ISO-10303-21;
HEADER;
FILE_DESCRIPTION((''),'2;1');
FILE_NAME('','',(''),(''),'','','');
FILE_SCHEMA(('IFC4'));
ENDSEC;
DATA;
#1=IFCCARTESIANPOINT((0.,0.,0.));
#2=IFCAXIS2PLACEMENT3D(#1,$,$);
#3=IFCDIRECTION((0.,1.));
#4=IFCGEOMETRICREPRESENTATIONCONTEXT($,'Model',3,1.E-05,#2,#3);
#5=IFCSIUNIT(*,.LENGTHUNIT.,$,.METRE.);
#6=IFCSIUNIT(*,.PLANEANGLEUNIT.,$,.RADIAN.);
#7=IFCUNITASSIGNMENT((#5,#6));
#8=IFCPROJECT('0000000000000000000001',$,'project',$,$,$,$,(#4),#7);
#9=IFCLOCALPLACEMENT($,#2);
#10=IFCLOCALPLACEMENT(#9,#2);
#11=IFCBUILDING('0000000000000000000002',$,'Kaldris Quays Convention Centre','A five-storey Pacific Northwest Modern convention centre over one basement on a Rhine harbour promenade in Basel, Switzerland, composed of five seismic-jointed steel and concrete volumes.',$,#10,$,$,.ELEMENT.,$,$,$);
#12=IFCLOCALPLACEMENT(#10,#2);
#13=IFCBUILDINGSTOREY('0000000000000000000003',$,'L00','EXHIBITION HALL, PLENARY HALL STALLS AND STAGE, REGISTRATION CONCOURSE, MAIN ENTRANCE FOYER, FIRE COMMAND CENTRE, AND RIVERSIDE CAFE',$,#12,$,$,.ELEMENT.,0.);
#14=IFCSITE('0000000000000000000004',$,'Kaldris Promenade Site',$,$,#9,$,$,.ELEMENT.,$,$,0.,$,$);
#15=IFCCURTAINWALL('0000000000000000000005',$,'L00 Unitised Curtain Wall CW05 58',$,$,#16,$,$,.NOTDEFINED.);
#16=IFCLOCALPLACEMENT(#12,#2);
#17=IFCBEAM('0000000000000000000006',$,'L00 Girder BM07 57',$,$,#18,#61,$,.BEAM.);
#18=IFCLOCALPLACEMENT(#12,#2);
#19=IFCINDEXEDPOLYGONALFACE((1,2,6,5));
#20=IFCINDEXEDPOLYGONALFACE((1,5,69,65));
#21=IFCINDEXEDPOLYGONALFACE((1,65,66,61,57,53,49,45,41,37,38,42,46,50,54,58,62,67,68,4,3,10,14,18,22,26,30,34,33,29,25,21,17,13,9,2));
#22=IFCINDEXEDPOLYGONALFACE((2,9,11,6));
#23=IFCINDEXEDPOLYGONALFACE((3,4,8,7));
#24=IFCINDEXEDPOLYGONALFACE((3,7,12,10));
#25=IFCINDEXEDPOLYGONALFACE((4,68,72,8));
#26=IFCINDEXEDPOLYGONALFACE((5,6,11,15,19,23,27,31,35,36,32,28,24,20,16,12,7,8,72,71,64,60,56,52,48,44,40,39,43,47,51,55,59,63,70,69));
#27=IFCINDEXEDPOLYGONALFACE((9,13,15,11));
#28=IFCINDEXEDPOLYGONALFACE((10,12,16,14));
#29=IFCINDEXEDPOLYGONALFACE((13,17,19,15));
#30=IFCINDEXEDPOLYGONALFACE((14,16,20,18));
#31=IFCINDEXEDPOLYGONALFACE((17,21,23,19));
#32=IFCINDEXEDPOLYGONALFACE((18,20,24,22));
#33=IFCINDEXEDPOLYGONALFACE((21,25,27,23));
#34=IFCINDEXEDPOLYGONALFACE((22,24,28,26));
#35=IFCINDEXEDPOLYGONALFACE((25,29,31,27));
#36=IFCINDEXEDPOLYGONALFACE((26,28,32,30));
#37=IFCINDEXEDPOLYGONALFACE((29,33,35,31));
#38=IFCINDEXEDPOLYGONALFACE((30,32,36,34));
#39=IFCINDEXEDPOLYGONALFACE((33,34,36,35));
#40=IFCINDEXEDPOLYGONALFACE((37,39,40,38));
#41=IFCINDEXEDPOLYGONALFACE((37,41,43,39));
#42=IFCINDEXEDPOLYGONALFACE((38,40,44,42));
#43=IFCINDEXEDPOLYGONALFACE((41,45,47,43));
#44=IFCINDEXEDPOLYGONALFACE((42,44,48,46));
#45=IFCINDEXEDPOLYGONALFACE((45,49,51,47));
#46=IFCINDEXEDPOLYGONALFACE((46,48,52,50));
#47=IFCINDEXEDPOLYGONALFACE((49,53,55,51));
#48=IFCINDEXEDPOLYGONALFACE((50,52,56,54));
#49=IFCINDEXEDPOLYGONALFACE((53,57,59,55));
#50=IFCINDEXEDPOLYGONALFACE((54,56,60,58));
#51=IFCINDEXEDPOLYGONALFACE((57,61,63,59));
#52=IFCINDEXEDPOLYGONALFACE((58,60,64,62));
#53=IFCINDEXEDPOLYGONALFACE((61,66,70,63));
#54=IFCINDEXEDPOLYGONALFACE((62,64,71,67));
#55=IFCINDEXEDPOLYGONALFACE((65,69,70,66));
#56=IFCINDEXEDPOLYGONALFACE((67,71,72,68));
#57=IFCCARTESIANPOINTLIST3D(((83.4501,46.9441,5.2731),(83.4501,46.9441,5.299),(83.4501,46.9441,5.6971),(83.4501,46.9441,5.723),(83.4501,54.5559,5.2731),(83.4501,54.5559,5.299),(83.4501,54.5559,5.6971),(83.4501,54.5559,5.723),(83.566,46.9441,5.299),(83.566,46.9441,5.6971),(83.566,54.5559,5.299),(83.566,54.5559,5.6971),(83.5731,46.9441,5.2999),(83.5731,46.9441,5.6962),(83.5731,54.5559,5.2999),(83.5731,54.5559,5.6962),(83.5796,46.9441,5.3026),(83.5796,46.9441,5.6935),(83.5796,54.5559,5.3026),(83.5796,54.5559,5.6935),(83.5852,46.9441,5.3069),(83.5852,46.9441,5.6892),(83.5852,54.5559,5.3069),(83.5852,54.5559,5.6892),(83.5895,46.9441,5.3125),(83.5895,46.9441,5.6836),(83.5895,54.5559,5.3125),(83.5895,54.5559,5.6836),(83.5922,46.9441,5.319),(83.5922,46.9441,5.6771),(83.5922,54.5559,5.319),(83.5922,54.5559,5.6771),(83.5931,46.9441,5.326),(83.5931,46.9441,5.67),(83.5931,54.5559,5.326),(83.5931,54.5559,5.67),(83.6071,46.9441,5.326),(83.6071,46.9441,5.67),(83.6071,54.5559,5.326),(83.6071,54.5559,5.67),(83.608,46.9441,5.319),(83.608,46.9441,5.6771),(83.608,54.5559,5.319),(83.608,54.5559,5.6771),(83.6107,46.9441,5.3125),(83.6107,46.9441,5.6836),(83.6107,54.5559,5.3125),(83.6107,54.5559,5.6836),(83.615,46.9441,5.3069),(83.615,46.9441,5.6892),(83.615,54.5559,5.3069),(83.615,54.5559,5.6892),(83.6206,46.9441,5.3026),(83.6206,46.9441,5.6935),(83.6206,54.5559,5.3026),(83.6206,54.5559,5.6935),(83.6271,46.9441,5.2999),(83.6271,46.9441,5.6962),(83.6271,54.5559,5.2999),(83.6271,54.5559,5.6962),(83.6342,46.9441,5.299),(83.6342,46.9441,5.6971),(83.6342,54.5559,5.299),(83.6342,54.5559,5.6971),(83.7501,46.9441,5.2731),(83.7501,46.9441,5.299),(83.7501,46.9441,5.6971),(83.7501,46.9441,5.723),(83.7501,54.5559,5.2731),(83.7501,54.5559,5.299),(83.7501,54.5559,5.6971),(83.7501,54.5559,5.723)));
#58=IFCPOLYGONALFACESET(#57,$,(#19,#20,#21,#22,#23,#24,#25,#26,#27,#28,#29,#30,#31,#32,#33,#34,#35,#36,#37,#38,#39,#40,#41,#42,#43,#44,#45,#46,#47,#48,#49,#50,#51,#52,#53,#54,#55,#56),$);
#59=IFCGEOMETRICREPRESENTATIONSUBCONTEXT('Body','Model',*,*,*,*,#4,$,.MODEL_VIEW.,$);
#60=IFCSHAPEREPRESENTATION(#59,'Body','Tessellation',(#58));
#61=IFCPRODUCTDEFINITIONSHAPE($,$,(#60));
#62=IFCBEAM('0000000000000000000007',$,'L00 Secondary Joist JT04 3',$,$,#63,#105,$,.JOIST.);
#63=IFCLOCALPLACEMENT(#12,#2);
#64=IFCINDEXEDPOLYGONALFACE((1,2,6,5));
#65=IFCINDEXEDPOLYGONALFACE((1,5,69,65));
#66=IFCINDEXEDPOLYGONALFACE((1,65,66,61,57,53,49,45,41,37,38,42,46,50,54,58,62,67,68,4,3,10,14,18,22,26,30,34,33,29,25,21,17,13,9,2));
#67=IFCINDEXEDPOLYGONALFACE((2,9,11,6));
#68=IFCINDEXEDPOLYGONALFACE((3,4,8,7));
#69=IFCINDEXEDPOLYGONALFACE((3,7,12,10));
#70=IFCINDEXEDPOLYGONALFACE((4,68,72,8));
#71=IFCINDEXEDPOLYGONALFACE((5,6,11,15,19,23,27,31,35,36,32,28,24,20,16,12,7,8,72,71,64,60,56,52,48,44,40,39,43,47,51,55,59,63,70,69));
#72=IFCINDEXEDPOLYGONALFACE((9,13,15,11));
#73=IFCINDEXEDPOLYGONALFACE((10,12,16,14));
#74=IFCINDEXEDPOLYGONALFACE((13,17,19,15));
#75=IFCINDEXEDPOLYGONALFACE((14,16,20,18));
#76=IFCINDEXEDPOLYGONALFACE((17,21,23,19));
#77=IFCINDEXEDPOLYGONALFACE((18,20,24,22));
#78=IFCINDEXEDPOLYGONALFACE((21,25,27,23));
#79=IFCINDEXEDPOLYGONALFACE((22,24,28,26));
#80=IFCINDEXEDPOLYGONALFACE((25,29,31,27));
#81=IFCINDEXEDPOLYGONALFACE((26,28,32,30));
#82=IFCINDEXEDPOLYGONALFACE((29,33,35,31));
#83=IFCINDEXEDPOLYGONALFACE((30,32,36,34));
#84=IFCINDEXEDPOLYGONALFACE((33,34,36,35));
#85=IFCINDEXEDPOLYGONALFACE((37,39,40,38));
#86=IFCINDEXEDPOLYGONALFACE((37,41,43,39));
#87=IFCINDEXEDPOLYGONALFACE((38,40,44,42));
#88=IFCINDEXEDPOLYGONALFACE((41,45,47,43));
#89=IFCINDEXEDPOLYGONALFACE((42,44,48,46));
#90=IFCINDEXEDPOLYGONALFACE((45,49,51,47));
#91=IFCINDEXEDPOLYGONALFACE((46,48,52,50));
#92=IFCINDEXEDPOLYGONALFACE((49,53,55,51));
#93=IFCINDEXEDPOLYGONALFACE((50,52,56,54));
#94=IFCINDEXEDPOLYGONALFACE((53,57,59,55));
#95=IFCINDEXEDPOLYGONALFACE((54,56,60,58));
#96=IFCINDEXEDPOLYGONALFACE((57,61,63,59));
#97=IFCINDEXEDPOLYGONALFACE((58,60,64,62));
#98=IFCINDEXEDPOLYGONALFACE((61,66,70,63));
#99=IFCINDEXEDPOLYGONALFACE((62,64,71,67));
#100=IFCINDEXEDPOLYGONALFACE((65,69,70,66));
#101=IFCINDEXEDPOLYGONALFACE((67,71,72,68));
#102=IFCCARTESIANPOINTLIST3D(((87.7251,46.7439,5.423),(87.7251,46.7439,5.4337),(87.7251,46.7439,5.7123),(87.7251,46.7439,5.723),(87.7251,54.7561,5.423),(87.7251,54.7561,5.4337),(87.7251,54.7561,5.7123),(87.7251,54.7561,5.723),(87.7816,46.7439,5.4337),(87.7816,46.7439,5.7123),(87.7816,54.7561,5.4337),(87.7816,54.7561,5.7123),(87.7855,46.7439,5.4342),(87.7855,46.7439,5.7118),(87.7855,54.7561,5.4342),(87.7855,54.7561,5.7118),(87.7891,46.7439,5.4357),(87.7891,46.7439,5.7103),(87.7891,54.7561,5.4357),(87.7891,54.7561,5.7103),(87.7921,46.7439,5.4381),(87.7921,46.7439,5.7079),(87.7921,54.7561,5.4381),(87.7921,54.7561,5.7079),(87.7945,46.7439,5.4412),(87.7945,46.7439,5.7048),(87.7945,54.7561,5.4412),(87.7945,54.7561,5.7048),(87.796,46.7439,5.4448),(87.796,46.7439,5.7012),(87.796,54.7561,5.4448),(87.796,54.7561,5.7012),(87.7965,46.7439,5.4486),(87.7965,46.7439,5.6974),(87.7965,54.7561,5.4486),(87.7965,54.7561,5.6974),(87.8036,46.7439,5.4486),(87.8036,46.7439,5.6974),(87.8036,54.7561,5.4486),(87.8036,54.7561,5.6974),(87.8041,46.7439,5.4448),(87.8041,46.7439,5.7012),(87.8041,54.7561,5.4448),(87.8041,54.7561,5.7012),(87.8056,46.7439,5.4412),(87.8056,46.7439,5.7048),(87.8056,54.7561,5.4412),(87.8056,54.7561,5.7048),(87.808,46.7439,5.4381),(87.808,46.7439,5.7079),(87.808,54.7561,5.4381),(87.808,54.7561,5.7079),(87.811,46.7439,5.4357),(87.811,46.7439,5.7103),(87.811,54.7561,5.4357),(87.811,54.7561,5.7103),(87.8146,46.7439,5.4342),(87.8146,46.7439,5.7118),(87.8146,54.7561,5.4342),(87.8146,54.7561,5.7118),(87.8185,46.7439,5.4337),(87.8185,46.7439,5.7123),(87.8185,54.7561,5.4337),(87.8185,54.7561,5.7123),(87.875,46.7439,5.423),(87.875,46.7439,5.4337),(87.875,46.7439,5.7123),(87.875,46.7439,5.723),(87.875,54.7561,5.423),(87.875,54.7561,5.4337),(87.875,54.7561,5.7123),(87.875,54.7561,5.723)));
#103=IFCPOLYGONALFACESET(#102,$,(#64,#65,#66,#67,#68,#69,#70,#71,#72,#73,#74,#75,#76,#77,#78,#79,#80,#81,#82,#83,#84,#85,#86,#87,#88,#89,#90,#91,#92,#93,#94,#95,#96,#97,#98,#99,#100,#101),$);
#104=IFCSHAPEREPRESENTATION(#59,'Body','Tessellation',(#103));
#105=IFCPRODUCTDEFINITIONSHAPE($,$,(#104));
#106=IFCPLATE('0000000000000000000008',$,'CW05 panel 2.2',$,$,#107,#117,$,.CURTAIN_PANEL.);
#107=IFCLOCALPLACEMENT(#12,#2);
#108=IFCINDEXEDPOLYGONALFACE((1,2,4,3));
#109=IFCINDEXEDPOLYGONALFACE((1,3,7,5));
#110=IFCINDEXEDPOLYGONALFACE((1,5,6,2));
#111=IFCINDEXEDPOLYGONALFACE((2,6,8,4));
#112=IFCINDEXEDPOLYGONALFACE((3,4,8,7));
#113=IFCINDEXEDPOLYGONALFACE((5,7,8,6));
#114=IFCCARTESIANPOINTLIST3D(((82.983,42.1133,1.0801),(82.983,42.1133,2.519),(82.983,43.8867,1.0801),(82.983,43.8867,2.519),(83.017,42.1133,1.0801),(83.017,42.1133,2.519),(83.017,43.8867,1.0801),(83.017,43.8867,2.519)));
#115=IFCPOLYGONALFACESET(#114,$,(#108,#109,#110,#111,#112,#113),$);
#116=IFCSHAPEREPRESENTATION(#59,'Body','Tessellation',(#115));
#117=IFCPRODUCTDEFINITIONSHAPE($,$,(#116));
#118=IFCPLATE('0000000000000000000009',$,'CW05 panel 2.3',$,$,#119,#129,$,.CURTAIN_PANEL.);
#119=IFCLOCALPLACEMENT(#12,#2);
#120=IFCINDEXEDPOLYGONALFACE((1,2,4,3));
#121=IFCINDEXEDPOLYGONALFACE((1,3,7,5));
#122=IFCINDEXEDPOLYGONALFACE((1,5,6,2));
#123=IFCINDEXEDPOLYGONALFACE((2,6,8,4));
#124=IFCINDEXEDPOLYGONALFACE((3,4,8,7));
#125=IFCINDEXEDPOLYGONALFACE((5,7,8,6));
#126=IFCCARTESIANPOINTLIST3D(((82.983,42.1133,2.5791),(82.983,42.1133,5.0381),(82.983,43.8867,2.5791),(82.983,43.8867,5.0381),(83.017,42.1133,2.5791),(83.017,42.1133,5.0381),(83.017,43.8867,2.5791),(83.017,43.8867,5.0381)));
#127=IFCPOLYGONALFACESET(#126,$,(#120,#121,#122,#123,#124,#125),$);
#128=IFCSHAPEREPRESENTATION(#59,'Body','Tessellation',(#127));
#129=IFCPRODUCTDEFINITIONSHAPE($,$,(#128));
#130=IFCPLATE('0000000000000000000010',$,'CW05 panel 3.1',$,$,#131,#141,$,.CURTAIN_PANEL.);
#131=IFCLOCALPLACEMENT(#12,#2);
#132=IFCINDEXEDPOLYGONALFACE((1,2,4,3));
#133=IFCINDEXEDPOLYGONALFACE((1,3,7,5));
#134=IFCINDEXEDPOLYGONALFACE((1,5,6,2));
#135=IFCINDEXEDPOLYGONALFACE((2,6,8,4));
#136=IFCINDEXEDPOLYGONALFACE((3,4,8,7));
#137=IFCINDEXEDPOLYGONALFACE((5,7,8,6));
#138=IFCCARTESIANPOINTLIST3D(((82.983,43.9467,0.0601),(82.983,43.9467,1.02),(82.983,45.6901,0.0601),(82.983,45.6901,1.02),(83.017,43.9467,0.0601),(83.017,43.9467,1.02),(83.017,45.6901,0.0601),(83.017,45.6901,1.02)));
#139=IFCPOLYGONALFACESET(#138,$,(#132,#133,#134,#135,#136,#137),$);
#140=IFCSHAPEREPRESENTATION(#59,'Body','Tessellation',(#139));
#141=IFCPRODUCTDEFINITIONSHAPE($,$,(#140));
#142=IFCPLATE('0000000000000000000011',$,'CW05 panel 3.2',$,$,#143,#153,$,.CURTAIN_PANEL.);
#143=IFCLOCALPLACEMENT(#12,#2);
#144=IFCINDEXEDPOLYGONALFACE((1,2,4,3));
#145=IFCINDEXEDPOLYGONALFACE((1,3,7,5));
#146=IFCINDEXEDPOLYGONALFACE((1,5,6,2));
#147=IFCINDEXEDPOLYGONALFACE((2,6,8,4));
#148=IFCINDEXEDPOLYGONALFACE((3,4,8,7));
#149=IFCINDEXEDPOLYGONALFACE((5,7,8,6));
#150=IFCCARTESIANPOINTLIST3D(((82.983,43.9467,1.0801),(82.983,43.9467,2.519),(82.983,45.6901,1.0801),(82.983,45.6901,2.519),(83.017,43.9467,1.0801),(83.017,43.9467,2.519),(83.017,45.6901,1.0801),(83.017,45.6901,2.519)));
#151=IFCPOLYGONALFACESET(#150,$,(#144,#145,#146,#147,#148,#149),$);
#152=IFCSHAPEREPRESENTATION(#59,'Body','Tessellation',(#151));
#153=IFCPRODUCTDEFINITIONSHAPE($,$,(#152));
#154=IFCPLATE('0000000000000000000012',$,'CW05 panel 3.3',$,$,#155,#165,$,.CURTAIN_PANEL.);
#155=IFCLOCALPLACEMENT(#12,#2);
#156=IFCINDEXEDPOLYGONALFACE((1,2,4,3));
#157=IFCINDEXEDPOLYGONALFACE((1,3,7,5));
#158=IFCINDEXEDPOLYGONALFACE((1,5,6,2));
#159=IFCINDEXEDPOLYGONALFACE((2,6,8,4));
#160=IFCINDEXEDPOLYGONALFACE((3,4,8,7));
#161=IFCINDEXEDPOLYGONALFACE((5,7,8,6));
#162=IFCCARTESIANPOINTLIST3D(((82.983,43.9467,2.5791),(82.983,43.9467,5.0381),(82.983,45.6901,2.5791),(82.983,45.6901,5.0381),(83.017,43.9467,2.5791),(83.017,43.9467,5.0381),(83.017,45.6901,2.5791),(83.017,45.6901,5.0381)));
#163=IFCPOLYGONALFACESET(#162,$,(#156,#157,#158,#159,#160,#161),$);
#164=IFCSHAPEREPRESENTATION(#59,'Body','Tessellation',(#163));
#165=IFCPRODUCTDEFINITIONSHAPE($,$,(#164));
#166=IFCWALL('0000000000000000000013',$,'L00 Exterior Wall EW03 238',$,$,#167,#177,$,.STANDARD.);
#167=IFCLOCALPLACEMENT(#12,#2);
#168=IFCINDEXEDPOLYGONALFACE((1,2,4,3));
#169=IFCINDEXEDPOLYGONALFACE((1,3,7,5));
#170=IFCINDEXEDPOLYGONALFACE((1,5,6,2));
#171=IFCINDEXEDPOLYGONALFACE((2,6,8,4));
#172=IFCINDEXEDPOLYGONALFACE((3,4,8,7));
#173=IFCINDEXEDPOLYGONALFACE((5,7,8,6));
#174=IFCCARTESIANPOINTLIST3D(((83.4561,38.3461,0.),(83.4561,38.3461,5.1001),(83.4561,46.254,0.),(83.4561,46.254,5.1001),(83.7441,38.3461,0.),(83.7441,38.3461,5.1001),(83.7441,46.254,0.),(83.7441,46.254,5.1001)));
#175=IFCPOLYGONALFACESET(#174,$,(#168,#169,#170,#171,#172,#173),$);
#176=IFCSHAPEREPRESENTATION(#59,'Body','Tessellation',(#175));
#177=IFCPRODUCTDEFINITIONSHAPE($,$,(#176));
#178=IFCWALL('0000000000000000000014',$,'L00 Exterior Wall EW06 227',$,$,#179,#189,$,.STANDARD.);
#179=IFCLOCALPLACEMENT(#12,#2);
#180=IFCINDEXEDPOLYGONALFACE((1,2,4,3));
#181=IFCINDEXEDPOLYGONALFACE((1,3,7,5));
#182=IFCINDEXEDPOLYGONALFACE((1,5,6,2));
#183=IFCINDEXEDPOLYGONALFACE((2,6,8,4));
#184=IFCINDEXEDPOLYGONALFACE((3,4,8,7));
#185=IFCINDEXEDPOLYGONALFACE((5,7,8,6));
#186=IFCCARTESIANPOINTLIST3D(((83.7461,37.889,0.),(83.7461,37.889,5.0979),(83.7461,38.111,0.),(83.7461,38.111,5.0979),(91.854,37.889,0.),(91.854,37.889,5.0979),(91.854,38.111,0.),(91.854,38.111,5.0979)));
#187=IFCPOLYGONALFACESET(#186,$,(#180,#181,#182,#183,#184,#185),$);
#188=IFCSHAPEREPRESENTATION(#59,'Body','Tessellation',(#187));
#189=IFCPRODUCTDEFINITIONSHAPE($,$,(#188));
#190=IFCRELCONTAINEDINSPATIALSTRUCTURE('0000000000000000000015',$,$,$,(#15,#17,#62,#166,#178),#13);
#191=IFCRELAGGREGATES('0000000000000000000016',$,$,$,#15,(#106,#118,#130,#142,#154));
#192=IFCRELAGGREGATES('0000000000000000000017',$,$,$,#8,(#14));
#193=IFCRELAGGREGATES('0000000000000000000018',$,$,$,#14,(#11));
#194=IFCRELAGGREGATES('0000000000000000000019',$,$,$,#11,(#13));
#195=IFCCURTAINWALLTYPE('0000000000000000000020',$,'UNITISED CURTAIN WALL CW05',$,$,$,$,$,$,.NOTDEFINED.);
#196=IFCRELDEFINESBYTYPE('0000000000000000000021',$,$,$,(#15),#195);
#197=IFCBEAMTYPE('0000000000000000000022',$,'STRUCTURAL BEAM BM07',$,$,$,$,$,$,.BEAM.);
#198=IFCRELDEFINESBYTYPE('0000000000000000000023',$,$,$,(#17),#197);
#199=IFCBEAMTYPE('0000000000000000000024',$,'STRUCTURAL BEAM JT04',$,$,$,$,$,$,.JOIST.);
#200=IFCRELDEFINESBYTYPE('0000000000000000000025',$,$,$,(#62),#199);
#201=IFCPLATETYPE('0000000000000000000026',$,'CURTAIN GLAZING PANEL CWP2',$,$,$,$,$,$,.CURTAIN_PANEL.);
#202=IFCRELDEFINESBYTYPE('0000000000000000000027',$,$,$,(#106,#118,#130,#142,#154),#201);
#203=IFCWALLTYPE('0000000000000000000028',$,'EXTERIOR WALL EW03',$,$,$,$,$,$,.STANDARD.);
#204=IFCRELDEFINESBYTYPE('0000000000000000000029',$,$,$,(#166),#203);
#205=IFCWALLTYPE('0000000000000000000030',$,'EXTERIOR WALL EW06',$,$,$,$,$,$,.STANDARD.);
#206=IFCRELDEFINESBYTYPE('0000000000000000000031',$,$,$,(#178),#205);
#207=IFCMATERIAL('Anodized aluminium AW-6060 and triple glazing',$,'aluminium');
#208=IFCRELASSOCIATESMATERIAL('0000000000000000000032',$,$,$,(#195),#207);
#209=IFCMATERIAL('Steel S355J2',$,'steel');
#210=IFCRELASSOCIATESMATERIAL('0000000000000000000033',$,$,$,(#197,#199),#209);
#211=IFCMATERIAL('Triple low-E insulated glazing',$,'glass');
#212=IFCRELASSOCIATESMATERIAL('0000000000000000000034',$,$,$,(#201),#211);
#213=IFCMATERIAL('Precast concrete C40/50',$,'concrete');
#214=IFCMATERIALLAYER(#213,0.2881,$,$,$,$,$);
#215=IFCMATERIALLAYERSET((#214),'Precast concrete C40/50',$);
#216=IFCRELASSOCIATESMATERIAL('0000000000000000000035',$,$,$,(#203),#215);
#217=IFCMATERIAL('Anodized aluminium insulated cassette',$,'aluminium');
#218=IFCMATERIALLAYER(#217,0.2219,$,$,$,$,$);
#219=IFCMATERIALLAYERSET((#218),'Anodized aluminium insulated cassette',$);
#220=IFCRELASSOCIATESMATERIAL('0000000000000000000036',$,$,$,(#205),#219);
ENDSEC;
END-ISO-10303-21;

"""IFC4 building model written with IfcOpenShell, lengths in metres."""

from ifc_helpers import new_model, si_unit, direction, frame, frame_2d, origin, origin_2d, place, context, subcontext, project, spatial, rectangle, i_section, extrude, material, layer, layer_set, material_profile, profile_set, type_object, element, aggregate, save


model = new_model("IFC4")

# Units and contexts
model_context = context("Model", 3, precision=1e-05, world=origin(), true_north=direction((0.0, 1.0)))
body_context = subcontext(model_context, "Body", "Model", "MODEL_VIEW")
ifc_project = project(units=[si_unit("LENGTHUNIT", "METRE"), si_unit("PLANEANGLEUNIT", "RADIAN")], contexts=[model_context])

# Site, building, storey
site_placement = place(None, origin())
site = spatial("IfcSite", under=ifc_project, at=site_placement, Name="Kaldris Promenade Site", CompositionType="ELEMENT", RefElevation=0.0)
building_placement = place(site_placement, origin())
building = spatial("IfcBuilding", under=site, at=building_placement, Name="Kaldris Quays Convention Centre", Description="A five-storey Pacific Northwest Modern convention centre over one basement on a Rhine harbour promenade in Basel, Switzerland, composed of five seismic-jointed steel and concrete volumes.", CompositionType="ELEMENT")
storey_placement = place(building_placement, origin())
storey = spatial("IfcBuildingStorey", under=building, at=storey_placement, Name="L00", Description="EXHIBITION HALL, PLENARY HALL STALLS AND STAGE, REGISTRATION CONCOURSE, MAIN ENTRANCE FOYER, FIRE COMMAND CENTRE, AND RIVERSIDE CAFE", CompositionType="ELEMENT", Elevation=0.0)

# Shared definitions
ifc_material_1 = material(Name="Steel S355J2", Category="steel")

# Curtain wall
ifc_material_2 = material(Name="Anodized aluminium AW-6060 and triple glazing", Category="aluminium")
curtain_wall_type = type_object("IfcCurtainWallType", Name="UNITISED CURTAIN WALL CW05", PredefinedType="NOTDEFINED", material=ifc_material_2)
curtain_wall_placement = place(storey_placement, origin())
curtain_wall = element("IfcCurtainWall", 1, at=curtain_wall_placement, inside=storey, type_object=curtain_wall_type, Name="L00 Unitised Curtain Wall CW05 58", PredefinedType="NOTDEFINED")

# Beams
ifc_material_profile_1 = material_profile(ifc_material_1, i_section(OverallWidth=0.3, OverallDepth=0.45, WebThickness=0.0139, FlangeThickness=0.0259, FilletRadius=0.0271, at=origin_2d()), Name="HEB 450")
ifc_profile_set_1 = profile_set([ifc_material_profile_1], Name="Steel S355J2")
beam_type_1 = type_object("IfcBeamType", Name="STRUCTURAL BEAM BM07", PredefinedType="BEAM", material=ifc_profile_set_1)
beam_1_placement = place(storey_placement, frame((83.6001, 46.9441, 5.498), z_axis=(0.0, 1.0, 0.0), x_axis=(-1.0, 0.0, 0.0)))
element("IfcBeam", 2, at=beam_1_placement, inside=storey, type_object=beam_type_1, Name="L00 Girder BM07 57", PredefinedType="BEAM", context=body_context, shape_type="SweptSolid", body=[
    extrude(i_section(OverallWidth=0.3, OverallDepth=0.45, WebThickness=0.0139, FlangeThickness=0.0259, FilletRadius=0.0271, at=origin_2d()), origin(), (0.0, 0.0, 1.0), 7.6118),
])
ifc_material_profile_2 = material_profile(ifc_material_1, i_section(OverallWidth=0.1499, OverallDepth=0.3, WebThickness=0.0071, FlangeThickness=0.0107, FilletRadius=0.0149, at=origin_2d()), Name="IPE 300")
ifc_profile_set_2 = profile_set([ifc_material_profile_2], Name="Steel S355J2")
beam_type_2 = type_object("IfcBeamType", Name="STRUCTURAL BEAM JT04", PredefinedType="JOIST", material=ifc_profile_set_2)
beam_2_placement = place(storey_placement, frame((87.8, 46.7439, 5.573), z_axis=(0.0, 1.0, 0.0), x_axis=(-1.0, 0.0, 0.0)))
element("IfcBeam", 3, at=beam_2_placement, inside=storey, type_object=beam_type_2, Name="L00 Secondary Joist JT04 3", PredefinedType="JOIST", context=body_context, shape_type="SweptSolid", body=[
    extrude(i_section(OverallWidth=0.1499, OverallDepth=0.3, WebThickness=0.0071, FlangeThickness=0.0107, FilletRadius=0.0149, at=origin_2d()), origin(), (0.0, 0.0, 1.0), 8.0122),
])

# Plates
ifc_material_3 = material(Name="Triple low-E insulated glazing", Category="glass")
plate_type = type_object("IfcPlateType", Name="CURTAIN GLAZING PANEL CWP2", PredefinedType="CURTAIN_PANEL", material=ifc_material_3)
plate_1_placement = place(storey_placement, frame((83.0, 43.0, 1.0801), z_axis=(0.0, 0.0, 1.0), x_axis=(0.0, 1.0, 0.0)))
plate_1 = element("IfcPlate", 4, at=plate_1_placement, type_object=plate_type, Name="CW05 panel 2.2", PredefinedType="CURTAIN_PANEL", context=body_context, shape_type="SweptSolid", body=[
    extrude(rectangle(XDim=1.7734, YDim=0.0339, at=origin_2d()), origin(), (0.0, 0.0, 1.0), 1.439),
])
plate_2_placement = place(storey_placement, frame((83.0, 43.0, 2.5791), z_axis=(0.0, 0.0, 1.0), x_axis=(0.0, 1.0, 0.0)))
plate_2 = element("IfcPlate", 5, at=plate_2_placement, type_object=plate_type, Name="CW05 panel 2.3", PredefinedType="CURTAIN_PANEL", context=body_context, shape_type="SweptSolid", body=[
    extrude(rectangle(XDim=1.7734, YDim=0.0339, at=origin_2d()), origin(), (0.0, 0.0, 1.0), 2.459),
])
plate_3_placement = place(storey_placement, frame((83.0, 44.8184, 0.0601), z_axis=(0.0, 0.0, 1.0), x_axis=(0.0, 1.0, 0.0)))
plate_3 = element("IfcPlate", 6, at=plate_3_placement, type_object=plate_type, Name="CW05 panel 3.1", PredefinedType="CURTAIN_PANEL", context=body_context, shape_type="SweptSolid", body=[
    extrude(rectangle(XDim=1.7434, YDim=0.0339, at=origin_2d()), origin(), (0.0, 0.0, 1.0), 0.96),
])
plate_4_placement = place(storey_placement, frame((83.0, 44.8184, 1.0801), z_axis=(0.0, 0.0, 1.0), x_axis=(0.0, 1.0, 0.0)))
plate_4 = element("IfcPlate", 7, at=plate_4_placement, type_object=plate_type, Name="CW05 panel 3.2", PredefinedType="CURTAIN_PANEL", context=body_context, shape_type="SweptSolid", body=[
    extrude(rectangle(XDim=1.7434, YDim=0.0339, at=origin_2d()), origin(), (0.0, 0.0, 1.0), 1.439),
])
plate_5_placement = place(storey_placement, frame((83.0, 44.8184, 2.5791), z_axis=(0.0, 0.0, 1.0), x_axis=(0.0, 1.0, 0.0)))
plate_5 = element("IfcPlate", 8, at=plate_5_placement, type_object=plate_type, Name="CW05 panel 3.3", PredefinedType="CURTAIN_PANEL", context=body_context, shape_type="SweptSolid", body=[
    extrude(rectangle(XDim=1.7434, YDim=0.0339, at=origin_2d()), origin(), (0.0, 0.0, 1.0), 2.459),
])
aggregate(curtain_wall, [plate_1, plate_2, plate_3, plate_4, plate_5])

# Walls
ifc_material_4 = material(Name="Precast concrete C40/50", Category="concrete")
ifc_layer_1 = layer(ifc_material_4, 0.2881)
ifc_layer_set_1 = layer_set([ifc_layer_1], Name="Precast concrete C40/50")
wall_type_1 = type_object("IfcWallType", Name="EXTERIOR WALL EW03", PredefinedType="STANDARD", material=ifc_layer_set_1)
wall_1_placement = place(storey_placement, frame((83.6001, 38.3459, 0.0), z_axis=(0.0, 0.0, 1.0), x_axis=(0.0, 1.0, 0.0)))
element("IfcWall", 9, at=wall_1_placement, inside=storey, type_object=wall_type_1, Name="L00 Exterior Wall EW03 238", PredefinedType="STANDARD", context=body_context, shape_type="SweptSolid", body=[
    extrude(rectangle(XDim=7.908, YDim=0.2881, at=frame_2d((3.9541, 0.0))), origin(), (0.0, 0.0, 1.0), 5.1001),
])
ifc_material_5 = material(Name="Anodized aluminium insulated cassette", Category="aluminium")
ifc_layer_2 = layer(ifc_material_5, 0.2219)
ifc_layer_set_2 = layer_set([ifc_layer_2], Name="Anodized aluminium insulated cassette")
wall_type_2 = type_object("IfcWallType", Name="EXTERIOR WALL EW06", PredefinedType="STANDARD", material=ifc_layer_set_2)
wall_2_placement = place(storey_placement, frame((83.7461, 38.0, 0.0), z_axis=(0.0, 0.0, 1.0), x_axis=(1.0, 0.0, 0.0)))
element("IfcWall", 10, at=wall_2_placement, inside=storey, type_object=wall_type_2, Name="L00 Exterior Wall EW06 227", PredefinedType="STANDARD", context=body_context, shape_type="SweptSolid", body=[
    extrude(rectangle(XDim=8.1079, YDim=0.2219, at=frame_2d((4.054, 0.0))), origin(), (0.0, 0.0, 1.0), 5.0979),
])

save(model, "model.ifc")
